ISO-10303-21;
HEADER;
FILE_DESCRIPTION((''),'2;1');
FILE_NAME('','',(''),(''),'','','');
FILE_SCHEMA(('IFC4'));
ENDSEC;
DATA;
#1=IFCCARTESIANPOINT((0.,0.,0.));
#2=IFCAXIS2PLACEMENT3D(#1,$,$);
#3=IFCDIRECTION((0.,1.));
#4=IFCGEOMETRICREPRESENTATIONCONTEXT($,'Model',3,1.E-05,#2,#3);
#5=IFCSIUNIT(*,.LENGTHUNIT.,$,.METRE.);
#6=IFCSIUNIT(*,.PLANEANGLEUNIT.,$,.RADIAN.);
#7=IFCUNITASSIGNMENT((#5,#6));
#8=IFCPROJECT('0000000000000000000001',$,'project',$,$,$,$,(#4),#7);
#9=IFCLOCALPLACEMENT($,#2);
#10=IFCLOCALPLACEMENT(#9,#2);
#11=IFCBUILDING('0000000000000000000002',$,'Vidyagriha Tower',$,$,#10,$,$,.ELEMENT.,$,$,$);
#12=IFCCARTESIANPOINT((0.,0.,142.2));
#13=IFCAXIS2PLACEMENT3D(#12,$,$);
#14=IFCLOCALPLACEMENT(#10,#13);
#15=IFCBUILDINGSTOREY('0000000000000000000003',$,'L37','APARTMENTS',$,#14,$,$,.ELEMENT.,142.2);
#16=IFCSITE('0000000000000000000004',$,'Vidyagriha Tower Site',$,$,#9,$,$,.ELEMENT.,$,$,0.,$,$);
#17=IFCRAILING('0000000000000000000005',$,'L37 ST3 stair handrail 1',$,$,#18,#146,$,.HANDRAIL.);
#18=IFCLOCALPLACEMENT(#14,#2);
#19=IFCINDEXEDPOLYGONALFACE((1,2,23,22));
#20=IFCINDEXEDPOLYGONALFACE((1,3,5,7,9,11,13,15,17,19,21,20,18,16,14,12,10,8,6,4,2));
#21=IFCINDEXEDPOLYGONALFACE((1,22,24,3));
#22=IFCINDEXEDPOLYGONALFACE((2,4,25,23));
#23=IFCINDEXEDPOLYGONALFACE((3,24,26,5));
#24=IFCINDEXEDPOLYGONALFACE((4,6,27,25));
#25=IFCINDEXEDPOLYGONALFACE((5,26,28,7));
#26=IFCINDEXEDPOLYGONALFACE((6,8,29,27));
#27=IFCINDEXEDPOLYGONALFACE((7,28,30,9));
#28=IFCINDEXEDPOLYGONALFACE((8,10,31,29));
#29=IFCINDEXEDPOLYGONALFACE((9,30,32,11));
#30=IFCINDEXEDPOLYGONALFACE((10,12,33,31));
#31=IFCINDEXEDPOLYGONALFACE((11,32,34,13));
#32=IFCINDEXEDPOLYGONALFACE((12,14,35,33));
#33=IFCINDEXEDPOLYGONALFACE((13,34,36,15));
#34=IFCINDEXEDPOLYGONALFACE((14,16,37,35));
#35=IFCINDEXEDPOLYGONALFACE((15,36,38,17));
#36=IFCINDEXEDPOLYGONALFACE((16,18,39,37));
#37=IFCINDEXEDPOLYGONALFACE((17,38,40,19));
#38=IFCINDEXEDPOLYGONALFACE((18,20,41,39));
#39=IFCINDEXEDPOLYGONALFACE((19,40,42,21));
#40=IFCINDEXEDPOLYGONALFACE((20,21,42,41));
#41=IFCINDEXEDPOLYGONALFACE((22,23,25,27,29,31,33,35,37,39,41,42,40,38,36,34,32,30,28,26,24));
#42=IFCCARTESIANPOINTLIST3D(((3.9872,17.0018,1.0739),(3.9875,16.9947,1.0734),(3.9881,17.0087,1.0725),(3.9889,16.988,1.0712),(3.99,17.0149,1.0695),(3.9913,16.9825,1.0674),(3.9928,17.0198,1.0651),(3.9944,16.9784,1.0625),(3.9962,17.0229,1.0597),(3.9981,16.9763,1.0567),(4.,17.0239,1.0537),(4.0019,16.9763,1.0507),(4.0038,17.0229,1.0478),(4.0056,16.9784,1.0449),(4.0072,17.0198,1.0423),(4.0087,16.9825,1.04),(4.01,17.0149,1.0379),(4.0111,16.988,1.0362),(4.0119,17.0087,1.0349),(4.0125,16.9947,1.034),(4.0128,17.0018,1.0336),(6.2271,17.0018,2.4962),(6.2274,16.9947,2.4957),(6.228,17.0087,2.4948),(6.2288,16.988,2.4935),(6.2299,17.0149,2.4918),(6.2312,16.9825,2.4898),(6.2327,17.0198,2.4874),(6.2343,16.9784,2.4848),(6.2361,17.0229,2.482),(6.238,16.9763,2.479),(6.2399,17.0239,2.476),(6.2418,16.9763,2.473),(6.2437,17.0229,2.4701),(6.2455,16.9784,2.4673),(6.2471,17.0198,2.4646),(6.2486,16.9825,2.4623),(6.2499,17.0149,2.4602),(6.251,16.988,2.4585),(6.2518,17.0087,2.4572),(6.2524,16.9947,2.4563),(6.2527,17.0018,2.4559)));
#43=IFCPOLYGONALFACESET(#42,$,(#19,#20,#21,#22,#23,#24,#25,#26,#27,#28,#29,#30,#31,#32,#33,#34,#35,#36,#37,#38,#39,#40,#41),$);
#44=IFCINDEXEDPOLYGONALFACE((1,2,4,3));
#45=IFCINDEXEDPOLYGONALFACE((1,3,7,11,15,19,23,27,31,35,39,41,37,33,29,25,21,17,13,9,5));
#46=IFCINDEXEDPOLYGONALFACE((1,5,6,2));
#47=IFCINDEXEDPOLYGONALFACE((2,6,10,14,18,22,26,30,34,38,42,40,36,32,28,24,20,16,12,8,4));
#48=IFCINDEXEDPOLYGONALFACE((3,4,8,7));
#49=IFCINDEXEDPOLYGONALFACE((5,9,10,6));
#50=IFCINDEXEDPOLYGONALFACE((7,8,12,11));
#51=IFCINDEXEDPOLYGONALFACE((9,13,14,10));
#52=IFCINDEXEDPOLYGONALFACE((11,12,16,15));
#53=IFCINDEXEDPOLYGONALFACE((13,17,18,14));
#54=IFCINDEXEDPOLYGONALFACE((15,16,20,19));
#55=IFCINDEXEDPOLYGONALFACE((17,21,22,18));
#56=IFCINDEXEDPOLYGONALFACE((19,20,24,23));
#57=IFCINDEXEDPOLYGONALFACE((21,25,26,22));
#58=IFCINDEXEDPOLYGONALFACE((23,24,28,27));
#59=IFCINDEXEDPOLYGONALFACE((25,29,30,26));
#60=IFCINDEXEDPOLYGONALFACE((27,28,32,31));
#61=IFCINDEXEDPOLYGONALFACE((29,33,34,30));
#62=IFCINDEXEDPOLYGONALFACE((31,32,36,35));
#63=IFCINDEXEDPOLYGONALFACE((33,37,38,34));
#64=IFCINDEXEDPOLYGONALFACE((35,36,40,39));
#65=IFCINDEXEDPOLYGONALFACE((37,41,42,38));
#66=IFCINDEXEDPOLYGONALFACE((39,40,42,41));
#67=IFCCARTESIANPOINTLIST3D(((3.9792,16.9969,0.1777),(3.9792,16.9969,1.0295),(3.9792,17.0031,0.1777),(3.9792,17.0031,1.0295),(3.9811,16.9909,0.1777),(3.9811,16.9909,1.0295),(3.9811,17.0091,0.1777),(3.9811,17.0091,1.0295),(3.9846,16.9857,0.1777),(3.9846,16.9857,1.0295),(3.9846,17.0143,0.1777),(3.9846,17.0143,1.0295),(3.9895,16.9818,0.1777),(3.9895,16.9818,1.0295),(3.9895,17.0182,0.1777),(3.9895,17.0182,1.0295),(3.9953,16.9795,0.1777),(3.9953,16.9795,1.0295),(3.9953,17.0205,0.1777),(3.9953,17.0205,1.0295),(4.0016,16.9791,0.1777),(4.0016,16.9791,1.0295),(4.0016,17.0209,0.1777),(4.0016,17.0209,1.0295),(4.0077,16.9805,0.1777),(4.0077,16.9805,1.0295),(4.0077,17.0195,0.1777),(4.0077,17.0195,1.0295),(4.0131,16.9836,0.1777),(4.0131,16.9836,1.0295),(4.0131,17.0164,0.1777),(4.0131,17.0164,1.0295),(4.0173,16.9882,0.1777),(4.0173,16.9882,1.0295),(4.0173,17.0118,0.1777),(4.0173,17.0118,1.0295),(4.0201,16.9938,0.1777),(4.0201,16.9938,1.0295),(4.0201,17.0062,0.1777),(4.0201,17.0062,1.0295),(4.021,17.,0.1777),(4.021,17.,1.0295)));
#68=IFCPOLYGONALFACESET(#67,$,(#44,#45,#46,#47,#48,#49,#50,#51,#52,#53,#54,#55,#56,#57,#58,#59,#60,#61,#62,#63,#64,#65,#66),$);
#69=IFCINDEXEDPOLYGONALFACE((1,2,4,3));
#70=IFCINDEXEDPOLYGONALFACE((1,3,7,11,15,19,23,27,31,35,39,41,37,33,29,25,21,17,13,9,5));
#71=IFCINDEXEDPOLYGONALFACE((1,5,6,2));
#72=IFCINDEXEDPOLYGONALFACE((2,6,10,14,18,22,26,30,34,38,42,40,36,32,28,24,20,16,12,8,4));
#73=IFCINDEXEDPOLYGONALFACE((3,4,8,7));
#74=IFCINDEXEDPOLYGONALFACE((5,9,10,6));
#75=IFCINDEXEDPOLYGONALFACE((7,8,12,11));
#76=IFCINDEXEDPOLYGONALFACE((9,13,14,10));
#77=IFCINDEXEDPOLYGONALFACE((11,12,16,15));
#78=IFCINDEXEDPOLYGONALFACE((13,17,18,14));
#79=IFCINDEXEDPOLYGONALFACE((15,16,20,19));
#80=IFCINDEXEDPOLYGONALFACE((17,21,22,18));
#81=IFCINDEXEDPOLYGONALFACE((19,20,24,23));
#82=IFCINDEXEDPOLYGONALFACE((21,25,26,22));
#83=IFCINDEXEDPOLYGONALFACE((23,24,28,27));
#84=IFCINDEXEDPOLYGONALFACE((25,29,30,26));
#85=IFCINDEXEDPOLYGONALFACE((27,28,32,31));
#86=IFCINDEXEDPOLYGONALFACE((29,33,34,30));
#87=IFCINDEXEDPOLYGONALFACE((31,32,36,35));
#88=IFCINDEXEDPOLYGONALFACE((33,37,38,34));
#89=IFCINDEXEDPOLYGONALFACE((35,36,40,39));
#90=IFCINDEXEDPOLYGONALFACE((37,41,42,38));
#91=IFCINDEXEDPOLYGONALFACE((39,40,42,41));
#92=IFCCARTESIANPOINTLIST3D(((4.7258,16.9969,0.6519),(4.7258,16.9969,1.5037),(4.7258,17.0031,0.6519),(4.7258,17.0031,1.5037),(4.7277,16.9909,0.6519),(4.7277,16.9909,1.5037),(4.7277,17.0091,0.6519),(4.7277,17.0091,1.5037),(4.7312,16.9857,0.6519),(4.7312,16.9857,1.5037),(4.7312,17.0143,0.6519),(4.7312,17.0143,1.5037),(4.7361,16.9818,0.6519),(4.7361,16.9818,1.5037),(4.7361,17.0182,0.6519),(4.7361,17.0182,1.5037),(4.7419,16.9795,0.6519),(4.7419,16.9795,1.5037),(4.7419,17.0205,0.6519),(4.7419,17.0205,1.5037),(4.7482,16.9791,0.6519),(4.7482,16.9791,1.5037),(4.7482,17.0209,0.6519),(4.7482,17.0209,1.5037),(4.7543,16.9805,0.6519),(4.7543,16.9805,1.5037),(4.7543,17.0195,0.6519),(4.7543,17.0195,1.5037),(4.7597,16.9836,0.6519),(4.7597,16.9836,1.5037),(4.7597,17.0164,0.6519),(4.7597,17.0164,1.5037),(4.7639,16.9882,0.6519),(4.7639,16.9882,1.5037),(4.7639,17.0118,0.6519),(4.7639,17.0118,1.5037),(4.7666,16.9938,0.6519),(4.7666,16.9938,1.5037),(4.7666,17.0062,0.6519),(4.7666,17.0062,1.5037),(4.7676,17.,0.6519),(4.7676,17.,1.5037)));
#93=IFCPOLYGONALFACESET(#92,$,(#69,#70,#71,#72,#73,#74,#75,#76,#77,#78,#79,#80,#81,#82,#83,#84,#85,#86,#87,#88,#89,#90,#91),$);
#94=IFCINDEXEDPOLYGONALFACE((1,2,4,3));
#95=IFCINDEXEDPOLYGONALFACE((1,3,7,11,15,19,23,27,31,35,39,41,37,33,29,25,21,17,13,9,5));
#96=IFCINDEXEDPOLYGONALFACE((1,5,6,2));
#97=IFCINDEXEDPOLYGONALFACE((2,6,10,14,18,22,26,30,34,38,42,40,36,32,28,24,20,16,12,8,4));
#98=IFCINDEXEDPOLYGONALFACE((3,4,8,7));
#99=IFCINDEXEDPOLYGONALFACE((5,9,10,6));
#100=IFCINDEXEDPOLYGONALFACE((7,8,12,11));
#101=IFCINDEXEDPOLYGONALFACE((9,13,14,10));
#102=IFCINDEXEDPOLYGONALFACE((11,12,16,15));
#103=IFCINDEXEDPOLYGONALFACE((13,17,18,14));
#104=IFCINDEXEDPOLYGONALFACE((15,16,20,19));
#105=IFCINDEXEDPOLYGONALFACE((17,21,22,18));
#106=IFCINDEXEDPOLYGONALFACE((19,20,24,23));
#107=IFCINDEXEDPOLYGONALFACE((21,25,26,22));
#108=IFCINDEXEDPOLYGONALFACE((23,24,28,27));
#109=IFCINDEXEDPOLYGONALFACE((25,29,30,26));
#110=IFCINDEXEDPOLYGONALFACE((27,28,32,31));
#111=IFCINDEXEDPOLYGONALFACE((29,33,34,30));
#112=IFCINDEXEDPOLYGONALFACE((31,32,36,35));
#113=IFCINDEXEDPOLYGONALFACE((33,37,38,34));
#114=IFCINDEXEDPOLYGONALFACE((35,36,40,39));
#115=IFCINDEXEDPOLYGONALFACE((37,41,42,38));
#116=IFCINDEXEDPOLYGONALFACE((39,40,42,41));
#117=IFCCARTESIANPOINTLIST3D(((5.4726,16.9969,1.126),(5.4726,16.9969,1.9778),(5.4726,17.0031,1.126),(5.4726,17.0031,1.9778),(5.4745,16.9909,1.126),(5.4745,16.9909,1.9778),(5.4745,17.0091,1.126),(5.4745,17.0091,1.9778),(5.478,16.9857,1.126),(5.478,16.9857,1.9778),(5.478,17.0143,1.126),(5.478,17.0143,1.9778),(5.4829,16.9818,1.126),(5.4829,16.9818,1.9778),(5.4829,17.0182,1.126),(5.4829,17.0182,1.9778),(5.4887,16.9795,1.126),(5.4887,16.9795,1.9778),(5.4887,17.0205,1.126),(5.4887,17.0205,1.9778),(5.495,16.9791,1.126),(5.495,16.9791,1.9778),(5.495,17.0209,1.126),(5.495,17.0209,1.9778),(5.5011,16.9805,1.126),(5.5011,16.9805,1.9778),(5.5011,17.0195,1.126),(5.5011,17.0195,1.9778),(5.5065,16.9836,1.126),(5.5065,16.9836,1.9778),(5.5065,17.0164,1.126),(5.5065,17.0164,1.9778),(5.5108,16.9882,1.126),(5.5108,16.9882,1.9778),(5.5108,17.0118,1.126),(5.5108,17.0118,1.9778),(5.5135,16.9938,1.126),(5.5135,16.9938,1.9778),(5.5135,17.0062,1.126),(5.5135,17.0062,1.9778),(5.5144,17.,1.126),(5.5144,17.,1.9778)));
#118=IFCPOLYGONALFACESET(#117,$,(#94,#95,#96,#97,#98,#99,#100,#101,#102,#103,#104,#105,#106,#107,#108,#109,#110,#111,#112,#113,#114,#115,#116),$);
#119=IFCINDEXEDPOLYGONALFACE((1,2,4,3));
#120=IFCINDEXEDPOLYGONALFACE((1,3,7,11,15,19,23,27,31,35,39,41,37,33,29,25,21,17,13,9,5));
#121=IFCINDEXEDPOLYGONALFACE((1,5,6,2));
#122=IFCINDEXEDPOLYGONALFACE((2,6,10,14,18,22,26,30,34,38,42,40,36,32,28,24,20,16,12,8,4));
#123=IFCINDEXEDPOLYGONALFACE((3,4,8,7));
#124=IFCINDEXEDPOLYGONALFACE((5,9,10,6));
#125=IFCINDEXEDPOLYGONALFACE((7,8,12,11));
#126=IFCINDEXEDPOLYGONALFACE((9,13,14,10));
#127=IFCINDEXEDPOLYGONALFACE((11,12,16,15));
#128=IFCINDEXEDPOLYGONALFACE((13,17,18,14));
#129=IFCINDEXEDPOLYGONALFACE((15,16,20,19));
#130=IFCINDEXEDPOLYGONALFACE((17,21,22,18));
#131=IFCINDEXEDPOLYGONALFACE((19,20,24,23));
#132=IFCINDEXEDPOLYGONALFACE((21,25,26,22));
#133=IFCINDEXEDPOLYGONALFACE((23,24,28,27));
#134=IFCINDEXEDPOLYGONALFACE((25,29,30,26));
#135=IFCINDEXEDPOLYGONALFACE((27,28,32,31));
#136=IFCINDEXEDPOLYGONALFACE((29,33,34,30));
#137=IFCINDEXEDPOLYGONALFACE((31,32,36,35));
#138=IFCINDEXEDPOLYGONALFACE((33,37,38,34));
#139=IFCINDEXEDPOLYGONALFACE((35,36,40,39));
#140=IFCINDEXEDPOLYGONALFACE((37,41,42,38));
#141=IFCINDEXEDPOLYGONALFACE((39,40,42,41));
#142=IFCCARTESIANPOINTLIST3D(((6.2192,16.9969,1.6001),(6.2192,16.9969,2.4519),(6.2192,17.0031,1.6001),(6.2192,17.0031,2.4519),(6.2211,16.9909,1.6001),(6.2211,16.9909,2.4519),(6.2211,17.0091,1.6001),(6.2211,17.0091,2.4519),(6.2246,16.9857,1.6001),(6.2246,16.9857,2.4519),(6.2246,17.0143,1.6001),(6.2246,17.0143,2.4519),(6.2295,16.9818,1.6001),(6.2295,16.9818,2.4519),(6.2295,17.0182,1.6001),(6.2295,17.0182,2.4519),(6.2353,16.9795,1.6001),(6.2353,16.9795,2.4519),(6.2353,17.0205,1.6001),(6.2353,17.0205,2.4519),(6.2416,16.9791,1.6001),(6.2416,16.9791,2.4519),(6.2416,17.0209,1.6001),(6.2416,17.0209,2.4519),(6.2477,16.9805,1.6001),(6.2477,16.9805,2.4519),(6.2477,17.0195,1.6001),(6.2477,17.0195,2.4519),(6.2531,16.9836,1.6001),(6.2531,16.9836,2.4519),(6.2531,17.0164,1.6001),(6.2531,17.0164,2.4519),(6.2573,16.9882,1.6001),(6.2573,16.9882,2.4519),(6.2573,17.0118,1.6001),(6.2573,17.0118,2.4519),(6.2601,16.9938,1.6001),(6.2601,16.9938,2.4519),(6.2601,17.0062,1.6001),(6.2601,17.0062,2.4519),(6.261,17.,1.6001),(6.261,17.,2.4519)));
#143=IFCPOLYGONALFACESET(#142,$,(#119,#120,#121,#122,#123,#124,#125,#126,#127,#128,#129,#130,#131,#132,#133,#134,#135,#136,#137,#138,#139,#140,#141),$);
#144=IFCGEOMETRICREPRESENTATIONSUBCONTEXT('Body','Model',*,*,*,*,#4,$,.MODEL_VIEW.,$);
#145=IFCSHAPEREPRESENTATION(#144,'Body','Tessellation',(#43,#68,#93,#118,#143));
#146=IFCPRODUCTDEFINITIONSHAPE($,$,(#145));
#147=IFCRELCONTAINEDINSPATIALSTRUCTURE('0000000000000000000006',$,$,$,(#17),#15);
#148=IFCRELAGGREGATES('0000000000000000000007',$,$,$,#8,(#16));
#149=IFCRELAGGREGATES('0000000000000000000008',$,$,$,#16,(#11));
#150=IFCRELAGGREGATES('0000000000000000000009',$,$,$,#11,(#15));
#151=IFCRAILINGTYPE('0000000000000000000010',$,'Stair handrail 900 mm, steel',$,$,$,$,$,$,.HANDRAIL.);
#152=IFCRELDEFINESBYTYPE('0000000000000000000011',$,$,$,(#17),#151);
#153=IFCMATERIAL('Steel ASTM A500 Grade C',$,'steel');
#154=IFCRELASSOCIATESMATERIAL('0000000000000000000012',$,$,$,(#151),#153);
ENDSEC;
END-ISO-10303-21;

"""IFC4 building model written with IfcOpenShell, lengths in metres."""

from ifc_helpers import new_model, si_unit, direction, frame, origin, origin_2d, place, context, subcontext, project, spatial, circle, extrude, material, type_object, element, save


model = new_model("IFC4")

# Units and contexts
model_context = context("Model", 3, precision=1e-05, world=origin(), true_north=direction((0.0, 1.0)))
body_context = subcontext(model_context, "Body", "Model", "MODEL_VIEW")
ifc_project = project(units=[si_unit("LENGTHUNIT", "METRE"), si_unit("PLANEANGLEUNIT", "RADIAN")], contexts=[model_context])

# Site, building, storey
site_placement = place(None, origin())
site = spatial("IfcSite", under=ifc_project, at=site_placement, Name="Vidyagriha Tower Site", CompositionType="ELEMENT", RefElevation=0.0)
building_placement = place(site_placement, origin())
building = spatial("IfcBuilding", under=site, at=building_placement, Name="Vidyagriha Tower", CompositionType="ELEMENT")
storey_placement = place(building_placement, frame((0.0, 0.0, 142.2)))
storey = spatial("IfcBuildingStorey", under=building, at=storey_placement, Name="L37", Description="APARTMENTS", CompositionType="ELEMENT", Elevation=142.2)

# Railing
ifc_material_1 = material(Name="Steel ASTM A500 Grade C", Category="steel")
railing_type_1 = type_object("IfcRailingType", Name="Stair handrail 900 mm, steel", PredefinedType="HANDRAIL", material=ifc_material_1)
railing_1_placement = place(storey_placement, frame((4.0, 17.0, 0.1777)))
element("IfcRailing", 1, at=railing_1_placement, inside=storey, type_object=railing_type_1, Name="L37 ST3 stair handrail 1", PredefinedType="HANDRAIL", context=body_context, shape_type="SweptSolid", body=[
    extrude(circle(Radius=0.0239, at=origin_2d()), frame((0.0, 0.0, 0.876), z_axis=(0.844188, 0.0, 0.536048), x_axis=(0.0, 1.0, 0.0)), (0.0, 0.0, 1.0), 2.6533),
    extrude(circle(Radius=0.021, at=origin_2d()), origin(), (0.0, 0.0, 1.0), 0.8518),
    extrude(circle(Radius=0.021, at=origin_2d()), frame((0.7466, 0.0, 0.4741)), (0.0, 0.0, 1.0), 0.8518),
    extrude(circle(Radius=0.021, at=origin_2d()), frame((1.4934, 0.0, 0.9482)), (0.0, 0.0, 1.0), 0.8518),
    extrude(circle(Radius=0.021, at=origin_2d()), frame((2.24, 0.0, 1.4224)), (0.0, 0.0, 1.0), 0.8518),
])

save(model, "model.ifc")
